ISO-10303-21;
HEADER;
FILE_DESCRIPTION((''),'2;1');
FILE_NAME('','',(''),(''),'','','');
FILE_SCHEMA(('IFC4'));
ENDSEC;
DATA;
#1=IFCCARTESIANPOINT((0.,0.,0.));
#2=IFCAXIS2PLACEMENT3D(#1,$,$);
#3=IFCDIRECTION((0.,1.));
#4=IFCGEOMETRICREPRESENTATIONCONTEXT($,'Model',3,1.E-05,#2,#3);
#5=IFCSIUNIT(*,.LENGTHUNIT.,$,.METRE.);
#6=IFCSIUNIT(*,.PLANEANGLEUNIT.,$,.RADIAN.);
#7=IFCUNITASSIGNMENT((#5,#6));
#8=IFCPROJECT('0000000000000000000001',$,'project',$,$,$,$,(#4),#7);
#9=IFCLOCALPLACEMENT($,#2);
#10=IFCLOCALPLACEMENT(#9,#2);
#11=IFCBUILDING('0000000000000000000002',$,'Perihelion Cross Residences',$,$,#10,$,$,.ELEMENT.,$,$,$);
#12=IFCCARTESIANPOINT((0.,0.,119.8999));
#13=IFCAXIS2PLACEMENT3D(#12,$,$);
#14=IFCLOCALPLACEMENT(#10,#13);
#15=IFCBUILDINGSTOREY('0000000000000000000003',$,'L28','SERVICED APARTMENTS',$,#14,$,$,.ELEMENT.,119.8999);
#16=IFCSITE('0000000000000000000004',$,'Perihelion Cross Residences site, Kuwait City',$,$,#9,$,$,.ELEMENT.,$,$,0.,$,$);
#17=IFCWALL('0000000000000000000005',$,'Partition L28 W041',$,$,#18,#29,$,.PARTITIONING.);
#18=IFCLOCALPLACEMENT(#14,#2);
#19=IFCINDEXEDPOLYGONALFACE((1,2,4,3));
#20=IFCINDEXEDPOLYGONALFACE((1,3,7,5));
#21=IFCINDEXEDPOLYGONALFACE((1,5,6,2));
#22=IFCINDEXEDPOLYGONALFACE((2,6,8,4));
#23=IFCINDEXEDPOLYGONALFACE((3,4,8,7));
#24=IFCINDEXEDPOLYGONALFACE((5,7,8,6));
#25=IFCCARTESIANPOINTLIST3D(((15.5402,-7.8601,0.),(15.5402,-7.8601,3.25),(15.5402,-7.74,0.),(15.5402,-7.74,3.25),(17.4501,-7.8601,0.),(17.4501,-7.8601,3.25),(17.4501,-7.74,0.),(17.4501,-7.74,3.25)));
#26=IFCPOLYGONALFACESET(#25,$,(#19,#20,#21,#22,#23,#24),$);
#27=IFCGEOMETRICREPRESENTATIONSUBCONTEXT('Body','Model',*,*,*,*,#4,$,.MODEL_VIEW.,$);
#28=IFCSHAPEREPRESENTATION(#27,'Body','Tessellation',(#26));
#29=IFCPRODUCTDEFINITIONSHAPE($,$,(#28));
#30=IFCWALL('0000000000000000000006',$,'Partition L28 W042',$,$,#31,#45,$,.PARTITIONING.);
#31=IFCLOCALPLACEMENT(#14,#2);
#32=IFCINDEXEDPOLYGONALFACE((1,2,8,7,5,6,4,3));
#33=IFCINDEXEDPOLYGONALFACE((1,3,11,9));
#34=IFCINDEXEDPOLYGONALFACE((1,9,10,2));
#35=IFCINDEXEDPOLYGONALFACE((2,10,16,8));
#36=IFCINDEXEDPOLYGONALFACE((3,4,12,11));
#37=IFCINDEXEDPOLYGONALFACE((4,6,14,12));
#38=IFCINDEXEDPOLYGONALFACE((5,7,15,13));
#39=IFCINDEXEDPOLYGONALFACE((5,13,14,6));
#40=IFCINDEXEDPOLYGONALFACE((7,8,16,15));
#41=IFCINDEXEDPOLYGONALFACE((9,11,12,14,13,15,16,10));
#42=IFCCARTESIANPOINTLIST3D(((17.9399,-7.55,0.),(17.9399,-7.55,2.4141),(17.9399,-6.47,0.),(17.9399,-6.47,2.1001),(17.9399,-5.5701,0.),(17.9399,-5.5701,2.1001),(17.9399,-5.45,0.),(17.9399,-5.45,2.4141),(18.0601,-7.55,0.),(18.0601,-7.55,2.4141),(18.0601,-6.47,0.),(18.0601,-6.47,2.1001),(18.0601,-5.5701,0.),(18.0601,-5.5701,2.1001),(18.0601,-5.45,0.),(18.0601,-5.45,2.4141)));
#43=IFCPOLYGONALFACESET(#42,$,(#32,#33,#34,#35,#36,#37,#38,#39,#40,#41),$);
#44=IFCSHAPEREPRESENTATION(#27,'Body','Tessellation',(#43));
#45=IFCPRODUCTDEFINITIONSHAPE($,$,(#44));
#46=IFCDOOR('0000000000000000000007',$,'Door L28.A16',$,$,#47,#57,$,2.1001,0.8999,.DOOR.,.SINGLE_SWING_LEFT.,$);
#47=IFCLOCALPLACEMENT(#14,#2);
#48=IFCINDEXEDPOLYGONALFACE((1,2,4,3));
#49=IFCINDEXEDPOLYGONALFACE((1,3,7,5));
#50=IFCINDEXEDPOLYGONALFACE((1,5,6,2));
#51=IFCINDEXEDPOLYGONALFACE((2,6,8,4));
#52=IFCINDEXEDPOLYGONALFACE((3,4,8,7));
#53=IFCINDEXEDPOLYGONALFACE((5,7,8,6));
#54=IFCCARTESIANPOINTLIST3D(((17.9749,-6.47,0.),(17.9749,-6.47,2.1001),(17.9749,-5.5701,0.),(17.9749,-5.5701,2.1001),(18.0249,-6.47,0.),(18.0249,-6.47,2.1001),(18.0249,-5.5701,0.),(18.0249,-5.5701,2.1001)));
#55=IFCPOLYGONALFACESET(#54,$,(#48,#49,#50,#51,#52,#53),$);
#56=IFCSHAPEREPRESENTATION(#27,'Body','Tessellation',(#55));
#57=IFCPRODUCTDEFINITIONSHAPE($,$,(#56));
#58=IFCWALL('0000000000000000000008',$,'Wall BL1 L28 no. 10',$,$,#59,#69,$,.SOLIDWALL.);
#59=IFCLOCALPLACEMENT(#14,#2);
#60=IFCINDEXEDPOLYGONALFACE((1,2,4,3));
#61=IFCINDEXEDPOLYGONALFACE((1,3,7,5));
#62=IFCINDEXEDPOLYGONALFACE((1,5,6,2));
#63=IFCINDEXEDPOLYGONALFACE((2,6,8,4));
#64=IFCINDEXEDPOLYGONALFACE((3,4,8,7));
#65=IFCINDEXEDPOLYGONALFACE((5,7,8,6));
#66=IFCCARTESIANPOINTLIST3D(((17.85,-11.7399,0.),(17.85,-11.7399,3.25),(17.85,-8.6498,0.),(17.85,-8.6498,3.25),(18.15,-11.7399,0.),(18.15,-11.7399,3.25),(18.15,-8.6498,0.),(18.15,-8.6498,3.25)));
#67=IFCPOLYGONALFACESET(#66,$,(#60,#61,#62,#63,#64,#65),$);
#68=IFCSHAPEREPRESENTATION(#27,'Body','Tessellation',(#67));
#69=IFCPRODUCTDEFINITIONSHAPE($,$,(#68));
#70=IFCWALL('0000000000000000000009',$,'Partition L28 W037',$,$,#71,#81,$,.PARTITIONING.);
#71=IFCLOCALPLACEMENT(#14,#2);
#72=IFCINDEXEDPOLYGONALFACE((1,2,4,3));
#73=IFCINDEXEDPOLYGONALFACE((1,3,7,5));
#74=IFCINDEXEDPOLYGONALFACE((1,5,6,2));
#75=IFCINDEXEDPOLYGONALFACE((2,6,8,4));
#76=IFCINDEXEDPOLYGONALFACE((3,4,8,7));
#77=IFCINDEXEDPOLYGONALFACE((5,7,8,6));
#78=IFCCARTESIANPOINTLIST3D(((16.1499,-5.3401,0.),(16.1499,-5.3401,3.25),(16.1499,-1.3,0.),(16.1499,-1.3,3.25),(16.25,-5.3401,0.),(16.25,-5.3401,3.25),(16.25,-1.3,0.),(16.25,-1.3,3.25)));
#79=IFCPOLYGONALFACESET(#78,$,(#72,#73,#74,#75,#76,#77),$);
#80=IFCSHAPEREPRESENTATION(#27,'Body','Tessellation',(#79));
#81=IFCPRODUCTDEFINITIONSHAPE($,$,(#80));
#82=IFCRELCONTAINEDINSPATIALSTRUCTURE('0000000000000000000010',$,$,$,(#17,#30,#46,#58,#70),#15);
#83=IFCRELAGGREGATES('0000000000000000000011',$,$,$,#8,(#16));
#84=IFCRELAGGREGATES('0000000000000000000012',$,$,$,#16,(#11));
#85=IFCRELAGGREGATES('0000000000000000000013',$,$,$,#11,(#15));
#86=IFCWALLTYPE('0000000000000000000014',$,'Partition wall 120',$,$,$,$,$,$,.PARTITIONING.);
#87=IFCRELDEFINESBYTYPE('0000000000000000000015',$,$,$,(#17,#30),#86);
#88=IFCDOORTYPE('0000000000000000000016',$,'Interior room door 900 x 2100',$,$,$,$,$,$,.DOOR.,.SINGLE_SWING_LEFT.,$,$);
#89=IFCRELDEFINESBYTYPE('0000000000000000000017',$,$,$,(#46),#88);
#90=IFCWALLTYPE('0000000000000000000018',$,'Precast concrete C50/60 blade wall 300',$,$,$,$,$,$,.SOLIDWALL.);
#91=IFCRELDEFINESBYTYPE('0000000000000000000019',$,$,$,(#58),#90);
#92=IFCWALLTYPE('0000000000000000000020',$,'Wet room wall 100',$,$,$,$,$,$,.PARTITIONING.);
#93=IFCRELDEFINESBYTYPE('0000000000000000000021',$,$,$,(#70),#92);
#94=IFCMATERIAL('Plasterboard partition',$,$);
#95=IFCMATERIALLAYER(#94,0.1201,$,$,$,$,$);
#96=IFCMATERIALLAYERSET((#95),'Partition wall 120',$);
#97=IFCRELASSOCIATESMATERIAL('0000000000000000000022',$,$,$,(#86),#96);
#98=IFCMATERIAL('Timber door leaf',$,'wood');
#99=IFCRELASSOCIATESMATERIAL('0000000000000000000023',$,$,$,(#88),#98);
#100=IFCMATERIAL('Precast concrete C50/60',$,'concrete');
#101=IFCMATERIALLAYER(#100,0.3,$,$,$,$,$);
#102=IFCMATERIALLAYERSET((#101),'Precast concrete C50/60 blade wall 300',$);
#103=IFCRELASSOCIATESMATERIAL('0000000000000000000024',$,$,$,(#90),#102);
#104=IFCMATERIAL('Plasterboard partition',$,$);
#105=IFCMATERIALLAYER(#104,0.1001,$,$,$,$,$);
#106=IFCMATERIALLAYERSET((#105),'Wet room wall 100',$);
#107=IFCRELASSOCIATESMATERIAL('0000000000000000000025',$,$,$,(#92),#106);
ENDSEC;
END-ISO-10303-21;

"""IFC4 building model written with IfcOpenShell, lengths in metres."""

from ifc_helpers import new_model, si_unit, direction, frame, frame_2d, origin, place, context, subcontext, project, spatial, rectangle, extrude, material, layer, layer_set, type_object, element, fill, save


model = new_model("IFC4")

# Units and contexts
model_context = context("Model", 3, precision=1e-05, world=origin(), true_north=direction((0.0, 1.0)))
body_context = subcontext(model_context, "Body", "Model", "MODEL_VIEW")
ifc_project = project(units=[si_unit("LENGTHUNIT", "METRE"), si_unit("PLANEANGLEUNIT", "RADIAN")], contexts=[model_context])

# Site, building, storey
site_placement = place(None, origin())
site = spatial("IfcSite", under=ifc_project, at=site_placement, Name="Perihelion Cross Residences site, Kuwait City", CompositionType="ELEMENT", RefElevation=0.0)
building_placement = place(site_placement, origin())
building = spatial("IfcBuilding", under=site, at=building_placement, Name="Perihelion Cross Residences", CompositionType="ELEMENT")
storey_placement = place(building_placement, frame((0.0, 0.0, 119.8999)))
storey = spatial("IfcBuildingStorey", under=building, at=storey_placement, Name="L28", Description="SERVICED APARTMENTS", CompositionType="ELEMENT", Elevation=119.8999)

# Shared definitions
ifc_material_1 = material(Name="Plasterboard partition")
ifc_layer_1 = layer(ifc_material_1, 0.1201)
ifc_layer_set_1 = layer_set([ifc_layer_1], Name="Partition wall 120")
wall_type_1 = type_object("IfcWallType", Name="Partition wall 120", PredefinedType="PARTITIONING", material=ifc_layer_set_1)
ifc_material_2 = material(Name="Timber door leaf", Category="wood")
door_type_1 = type_object("IfcDoorType", Name="Interior room door 900 x 2100", OperationType="SINGLE_SWING_LEFT", PredefinedType="DOOR", material=ifc_material_2)

# Wall
wall_1_placement = place(storey_placement, frame((15.54, -7.8, 0.0), z_axis=(0.0, 0.0, 1.0), x_axis=(1.0, 0.0, 0.0)))
element("IfcWall", 1, at=wall_1_placement, inside=storey, type_object=wall_type_1, Name="Partition L28 W041", PredefinedType="PARTITIONING", context=body_context, shape_type="SweptSolid", body=[
    extrude(rectangle(XDim=1.9099, YDim=0.1201, at=frame_2d((0.9551, 0.0))), origin(), (0.0, 0.0, 1.0), 3.25),
])

# Wall, opening, door
wall_2_placement = place(storey_placement, frame((18.0, -5.45, 0.0), z_axis=(0.0, 0.0, 1.0), x_axis=(0.0, -1.0, 0.0)))
wall_2 = element("IfcWall", 2, at=wall_2_placement, inside=storey, type_object=wall_type_1, Name="Partition L28 W042", PredefinedType="PARTITIONING", context=body_context, shape_type="SweptSolid", body=[
    extrude(rectangle(XDim=2.1001, YDim=0.1201, at=frame_2d((1.05, 0.0))), origin(), (0.0, 0.0, 1.0), 2.4141),
])
opening_1_placement = place(wall_2_placement, frame((0.1201, 0.0, 0.0)))
opening_1 = element("IfcOpeningElement", 3, at=opening_1_placement, cuts=wall_2, PredefinedType="OPENING", context=body_context, shape_type="SweptSolid", body=[
    extrude(rectangle(XDim=0.8999, YDim=2.1001, at=frame_2d((0.45, 1.05))), frame((0.0, 0.0701, 0.0), z_axis=(0.0, -1.0, 0.0), x_axis=(1.0, 0.0, 0.0)), (0.0, 0.0, 1.0), 0.1401),
])
door_1_placement = place(opening_1_placement, origin())
door_1 = element("IfcDoor", 4, at=door_1_placement, inside=storey, type_object=door_type_1, Name="Door L28.A16", OperationType="SINGLE_SWING_LEFT", OverallHeight=2.1001, OverallWidth=0.8999, PredefinedType="DOOR", context=body_context, shape_type="SweptSolid", body=[
    extrude(rectangle(XDim=0.8999, YDim=2.1001, at=frame_2d((0.45, 1.05))), frame((0.0, 0.0249, 0.0), z_axis=(0.0, -1.0, 0.0), x_axis=(1.0, 0.0, 0.0)), (0.0, 0.0, 1.0), 0.05),
])
fill(opening_1, door_1)

# Walls
ifc_material_3 = material(Name="Precast concrete C50/60", Category="concrete")
ifc_layer_2 = layer(ifc_material_3, 0.3)
ifc_layer_set_2 = layer_set([ifc_layer_2], Name="Precast concrete C50/60 blade wall 300")
wall_type_2 = type_object("IfcWallType", Name="Precast concrete C50/60 blade wall 300", PredefinedType="SOLIDWALL", material=ifc_layer_set_2)
wall_3_placement = place(storey_placement, frame((18.0, -8.6499, 0.0), z_axis=(0.0, 0.0, 1.0), x_axis=(0.0, -1.0, 0.0)))
element("IfcWall", 5, at=wall_3_placement, inside=storey, type_object=wall_type_2, Name="Wall BL1 L28 no. 10", PredefinedType="SOLIDWALL", context=body_context, shape_type="SweptSolid", body=[
    extrude(rectangle(XDim=3.0901, YDim=0.3, at=frame_2d((1.5449, 0.0))), origin(), (0.0, 0.0, 1.0), 3.25),
])
ifc_material_4 = material(Name="Plasterboard partition")
ifc_layer_3 = layer(ifc_material_4, 0.1001)
ifc_layer_set_3 = layer_set([ifc_layer_3], Name="Wet room wall 100")
wall_type_3 = type_object("IfcWallType", Name="Wet room wall 100", PredefinedType="PARTITIONING", material=ifc_layer_set_3)
wall_4_placement = place(storey_placement, frame((16.2, -1.3, 0.0), z_axis=(0.0, 0.0, 1.0), x_axis=(0.0, -1.0, 0.0)))
element("IfcWall", 6, at=wall_4_placement, inside=storey, type_object=wall_type_3, Name="Partition L28 W037", PredefinedType="PARTITIONING", context=body_context, shape_type="SweptSolid", body=[
    extrude(rectangle(XDim=4.04, YDim=0.1001, at=frame_2d((2.02, 0.0))), origin(), (0.0, 0.0, 1.0), 3.25),
])

save(model, "model.ifc")
